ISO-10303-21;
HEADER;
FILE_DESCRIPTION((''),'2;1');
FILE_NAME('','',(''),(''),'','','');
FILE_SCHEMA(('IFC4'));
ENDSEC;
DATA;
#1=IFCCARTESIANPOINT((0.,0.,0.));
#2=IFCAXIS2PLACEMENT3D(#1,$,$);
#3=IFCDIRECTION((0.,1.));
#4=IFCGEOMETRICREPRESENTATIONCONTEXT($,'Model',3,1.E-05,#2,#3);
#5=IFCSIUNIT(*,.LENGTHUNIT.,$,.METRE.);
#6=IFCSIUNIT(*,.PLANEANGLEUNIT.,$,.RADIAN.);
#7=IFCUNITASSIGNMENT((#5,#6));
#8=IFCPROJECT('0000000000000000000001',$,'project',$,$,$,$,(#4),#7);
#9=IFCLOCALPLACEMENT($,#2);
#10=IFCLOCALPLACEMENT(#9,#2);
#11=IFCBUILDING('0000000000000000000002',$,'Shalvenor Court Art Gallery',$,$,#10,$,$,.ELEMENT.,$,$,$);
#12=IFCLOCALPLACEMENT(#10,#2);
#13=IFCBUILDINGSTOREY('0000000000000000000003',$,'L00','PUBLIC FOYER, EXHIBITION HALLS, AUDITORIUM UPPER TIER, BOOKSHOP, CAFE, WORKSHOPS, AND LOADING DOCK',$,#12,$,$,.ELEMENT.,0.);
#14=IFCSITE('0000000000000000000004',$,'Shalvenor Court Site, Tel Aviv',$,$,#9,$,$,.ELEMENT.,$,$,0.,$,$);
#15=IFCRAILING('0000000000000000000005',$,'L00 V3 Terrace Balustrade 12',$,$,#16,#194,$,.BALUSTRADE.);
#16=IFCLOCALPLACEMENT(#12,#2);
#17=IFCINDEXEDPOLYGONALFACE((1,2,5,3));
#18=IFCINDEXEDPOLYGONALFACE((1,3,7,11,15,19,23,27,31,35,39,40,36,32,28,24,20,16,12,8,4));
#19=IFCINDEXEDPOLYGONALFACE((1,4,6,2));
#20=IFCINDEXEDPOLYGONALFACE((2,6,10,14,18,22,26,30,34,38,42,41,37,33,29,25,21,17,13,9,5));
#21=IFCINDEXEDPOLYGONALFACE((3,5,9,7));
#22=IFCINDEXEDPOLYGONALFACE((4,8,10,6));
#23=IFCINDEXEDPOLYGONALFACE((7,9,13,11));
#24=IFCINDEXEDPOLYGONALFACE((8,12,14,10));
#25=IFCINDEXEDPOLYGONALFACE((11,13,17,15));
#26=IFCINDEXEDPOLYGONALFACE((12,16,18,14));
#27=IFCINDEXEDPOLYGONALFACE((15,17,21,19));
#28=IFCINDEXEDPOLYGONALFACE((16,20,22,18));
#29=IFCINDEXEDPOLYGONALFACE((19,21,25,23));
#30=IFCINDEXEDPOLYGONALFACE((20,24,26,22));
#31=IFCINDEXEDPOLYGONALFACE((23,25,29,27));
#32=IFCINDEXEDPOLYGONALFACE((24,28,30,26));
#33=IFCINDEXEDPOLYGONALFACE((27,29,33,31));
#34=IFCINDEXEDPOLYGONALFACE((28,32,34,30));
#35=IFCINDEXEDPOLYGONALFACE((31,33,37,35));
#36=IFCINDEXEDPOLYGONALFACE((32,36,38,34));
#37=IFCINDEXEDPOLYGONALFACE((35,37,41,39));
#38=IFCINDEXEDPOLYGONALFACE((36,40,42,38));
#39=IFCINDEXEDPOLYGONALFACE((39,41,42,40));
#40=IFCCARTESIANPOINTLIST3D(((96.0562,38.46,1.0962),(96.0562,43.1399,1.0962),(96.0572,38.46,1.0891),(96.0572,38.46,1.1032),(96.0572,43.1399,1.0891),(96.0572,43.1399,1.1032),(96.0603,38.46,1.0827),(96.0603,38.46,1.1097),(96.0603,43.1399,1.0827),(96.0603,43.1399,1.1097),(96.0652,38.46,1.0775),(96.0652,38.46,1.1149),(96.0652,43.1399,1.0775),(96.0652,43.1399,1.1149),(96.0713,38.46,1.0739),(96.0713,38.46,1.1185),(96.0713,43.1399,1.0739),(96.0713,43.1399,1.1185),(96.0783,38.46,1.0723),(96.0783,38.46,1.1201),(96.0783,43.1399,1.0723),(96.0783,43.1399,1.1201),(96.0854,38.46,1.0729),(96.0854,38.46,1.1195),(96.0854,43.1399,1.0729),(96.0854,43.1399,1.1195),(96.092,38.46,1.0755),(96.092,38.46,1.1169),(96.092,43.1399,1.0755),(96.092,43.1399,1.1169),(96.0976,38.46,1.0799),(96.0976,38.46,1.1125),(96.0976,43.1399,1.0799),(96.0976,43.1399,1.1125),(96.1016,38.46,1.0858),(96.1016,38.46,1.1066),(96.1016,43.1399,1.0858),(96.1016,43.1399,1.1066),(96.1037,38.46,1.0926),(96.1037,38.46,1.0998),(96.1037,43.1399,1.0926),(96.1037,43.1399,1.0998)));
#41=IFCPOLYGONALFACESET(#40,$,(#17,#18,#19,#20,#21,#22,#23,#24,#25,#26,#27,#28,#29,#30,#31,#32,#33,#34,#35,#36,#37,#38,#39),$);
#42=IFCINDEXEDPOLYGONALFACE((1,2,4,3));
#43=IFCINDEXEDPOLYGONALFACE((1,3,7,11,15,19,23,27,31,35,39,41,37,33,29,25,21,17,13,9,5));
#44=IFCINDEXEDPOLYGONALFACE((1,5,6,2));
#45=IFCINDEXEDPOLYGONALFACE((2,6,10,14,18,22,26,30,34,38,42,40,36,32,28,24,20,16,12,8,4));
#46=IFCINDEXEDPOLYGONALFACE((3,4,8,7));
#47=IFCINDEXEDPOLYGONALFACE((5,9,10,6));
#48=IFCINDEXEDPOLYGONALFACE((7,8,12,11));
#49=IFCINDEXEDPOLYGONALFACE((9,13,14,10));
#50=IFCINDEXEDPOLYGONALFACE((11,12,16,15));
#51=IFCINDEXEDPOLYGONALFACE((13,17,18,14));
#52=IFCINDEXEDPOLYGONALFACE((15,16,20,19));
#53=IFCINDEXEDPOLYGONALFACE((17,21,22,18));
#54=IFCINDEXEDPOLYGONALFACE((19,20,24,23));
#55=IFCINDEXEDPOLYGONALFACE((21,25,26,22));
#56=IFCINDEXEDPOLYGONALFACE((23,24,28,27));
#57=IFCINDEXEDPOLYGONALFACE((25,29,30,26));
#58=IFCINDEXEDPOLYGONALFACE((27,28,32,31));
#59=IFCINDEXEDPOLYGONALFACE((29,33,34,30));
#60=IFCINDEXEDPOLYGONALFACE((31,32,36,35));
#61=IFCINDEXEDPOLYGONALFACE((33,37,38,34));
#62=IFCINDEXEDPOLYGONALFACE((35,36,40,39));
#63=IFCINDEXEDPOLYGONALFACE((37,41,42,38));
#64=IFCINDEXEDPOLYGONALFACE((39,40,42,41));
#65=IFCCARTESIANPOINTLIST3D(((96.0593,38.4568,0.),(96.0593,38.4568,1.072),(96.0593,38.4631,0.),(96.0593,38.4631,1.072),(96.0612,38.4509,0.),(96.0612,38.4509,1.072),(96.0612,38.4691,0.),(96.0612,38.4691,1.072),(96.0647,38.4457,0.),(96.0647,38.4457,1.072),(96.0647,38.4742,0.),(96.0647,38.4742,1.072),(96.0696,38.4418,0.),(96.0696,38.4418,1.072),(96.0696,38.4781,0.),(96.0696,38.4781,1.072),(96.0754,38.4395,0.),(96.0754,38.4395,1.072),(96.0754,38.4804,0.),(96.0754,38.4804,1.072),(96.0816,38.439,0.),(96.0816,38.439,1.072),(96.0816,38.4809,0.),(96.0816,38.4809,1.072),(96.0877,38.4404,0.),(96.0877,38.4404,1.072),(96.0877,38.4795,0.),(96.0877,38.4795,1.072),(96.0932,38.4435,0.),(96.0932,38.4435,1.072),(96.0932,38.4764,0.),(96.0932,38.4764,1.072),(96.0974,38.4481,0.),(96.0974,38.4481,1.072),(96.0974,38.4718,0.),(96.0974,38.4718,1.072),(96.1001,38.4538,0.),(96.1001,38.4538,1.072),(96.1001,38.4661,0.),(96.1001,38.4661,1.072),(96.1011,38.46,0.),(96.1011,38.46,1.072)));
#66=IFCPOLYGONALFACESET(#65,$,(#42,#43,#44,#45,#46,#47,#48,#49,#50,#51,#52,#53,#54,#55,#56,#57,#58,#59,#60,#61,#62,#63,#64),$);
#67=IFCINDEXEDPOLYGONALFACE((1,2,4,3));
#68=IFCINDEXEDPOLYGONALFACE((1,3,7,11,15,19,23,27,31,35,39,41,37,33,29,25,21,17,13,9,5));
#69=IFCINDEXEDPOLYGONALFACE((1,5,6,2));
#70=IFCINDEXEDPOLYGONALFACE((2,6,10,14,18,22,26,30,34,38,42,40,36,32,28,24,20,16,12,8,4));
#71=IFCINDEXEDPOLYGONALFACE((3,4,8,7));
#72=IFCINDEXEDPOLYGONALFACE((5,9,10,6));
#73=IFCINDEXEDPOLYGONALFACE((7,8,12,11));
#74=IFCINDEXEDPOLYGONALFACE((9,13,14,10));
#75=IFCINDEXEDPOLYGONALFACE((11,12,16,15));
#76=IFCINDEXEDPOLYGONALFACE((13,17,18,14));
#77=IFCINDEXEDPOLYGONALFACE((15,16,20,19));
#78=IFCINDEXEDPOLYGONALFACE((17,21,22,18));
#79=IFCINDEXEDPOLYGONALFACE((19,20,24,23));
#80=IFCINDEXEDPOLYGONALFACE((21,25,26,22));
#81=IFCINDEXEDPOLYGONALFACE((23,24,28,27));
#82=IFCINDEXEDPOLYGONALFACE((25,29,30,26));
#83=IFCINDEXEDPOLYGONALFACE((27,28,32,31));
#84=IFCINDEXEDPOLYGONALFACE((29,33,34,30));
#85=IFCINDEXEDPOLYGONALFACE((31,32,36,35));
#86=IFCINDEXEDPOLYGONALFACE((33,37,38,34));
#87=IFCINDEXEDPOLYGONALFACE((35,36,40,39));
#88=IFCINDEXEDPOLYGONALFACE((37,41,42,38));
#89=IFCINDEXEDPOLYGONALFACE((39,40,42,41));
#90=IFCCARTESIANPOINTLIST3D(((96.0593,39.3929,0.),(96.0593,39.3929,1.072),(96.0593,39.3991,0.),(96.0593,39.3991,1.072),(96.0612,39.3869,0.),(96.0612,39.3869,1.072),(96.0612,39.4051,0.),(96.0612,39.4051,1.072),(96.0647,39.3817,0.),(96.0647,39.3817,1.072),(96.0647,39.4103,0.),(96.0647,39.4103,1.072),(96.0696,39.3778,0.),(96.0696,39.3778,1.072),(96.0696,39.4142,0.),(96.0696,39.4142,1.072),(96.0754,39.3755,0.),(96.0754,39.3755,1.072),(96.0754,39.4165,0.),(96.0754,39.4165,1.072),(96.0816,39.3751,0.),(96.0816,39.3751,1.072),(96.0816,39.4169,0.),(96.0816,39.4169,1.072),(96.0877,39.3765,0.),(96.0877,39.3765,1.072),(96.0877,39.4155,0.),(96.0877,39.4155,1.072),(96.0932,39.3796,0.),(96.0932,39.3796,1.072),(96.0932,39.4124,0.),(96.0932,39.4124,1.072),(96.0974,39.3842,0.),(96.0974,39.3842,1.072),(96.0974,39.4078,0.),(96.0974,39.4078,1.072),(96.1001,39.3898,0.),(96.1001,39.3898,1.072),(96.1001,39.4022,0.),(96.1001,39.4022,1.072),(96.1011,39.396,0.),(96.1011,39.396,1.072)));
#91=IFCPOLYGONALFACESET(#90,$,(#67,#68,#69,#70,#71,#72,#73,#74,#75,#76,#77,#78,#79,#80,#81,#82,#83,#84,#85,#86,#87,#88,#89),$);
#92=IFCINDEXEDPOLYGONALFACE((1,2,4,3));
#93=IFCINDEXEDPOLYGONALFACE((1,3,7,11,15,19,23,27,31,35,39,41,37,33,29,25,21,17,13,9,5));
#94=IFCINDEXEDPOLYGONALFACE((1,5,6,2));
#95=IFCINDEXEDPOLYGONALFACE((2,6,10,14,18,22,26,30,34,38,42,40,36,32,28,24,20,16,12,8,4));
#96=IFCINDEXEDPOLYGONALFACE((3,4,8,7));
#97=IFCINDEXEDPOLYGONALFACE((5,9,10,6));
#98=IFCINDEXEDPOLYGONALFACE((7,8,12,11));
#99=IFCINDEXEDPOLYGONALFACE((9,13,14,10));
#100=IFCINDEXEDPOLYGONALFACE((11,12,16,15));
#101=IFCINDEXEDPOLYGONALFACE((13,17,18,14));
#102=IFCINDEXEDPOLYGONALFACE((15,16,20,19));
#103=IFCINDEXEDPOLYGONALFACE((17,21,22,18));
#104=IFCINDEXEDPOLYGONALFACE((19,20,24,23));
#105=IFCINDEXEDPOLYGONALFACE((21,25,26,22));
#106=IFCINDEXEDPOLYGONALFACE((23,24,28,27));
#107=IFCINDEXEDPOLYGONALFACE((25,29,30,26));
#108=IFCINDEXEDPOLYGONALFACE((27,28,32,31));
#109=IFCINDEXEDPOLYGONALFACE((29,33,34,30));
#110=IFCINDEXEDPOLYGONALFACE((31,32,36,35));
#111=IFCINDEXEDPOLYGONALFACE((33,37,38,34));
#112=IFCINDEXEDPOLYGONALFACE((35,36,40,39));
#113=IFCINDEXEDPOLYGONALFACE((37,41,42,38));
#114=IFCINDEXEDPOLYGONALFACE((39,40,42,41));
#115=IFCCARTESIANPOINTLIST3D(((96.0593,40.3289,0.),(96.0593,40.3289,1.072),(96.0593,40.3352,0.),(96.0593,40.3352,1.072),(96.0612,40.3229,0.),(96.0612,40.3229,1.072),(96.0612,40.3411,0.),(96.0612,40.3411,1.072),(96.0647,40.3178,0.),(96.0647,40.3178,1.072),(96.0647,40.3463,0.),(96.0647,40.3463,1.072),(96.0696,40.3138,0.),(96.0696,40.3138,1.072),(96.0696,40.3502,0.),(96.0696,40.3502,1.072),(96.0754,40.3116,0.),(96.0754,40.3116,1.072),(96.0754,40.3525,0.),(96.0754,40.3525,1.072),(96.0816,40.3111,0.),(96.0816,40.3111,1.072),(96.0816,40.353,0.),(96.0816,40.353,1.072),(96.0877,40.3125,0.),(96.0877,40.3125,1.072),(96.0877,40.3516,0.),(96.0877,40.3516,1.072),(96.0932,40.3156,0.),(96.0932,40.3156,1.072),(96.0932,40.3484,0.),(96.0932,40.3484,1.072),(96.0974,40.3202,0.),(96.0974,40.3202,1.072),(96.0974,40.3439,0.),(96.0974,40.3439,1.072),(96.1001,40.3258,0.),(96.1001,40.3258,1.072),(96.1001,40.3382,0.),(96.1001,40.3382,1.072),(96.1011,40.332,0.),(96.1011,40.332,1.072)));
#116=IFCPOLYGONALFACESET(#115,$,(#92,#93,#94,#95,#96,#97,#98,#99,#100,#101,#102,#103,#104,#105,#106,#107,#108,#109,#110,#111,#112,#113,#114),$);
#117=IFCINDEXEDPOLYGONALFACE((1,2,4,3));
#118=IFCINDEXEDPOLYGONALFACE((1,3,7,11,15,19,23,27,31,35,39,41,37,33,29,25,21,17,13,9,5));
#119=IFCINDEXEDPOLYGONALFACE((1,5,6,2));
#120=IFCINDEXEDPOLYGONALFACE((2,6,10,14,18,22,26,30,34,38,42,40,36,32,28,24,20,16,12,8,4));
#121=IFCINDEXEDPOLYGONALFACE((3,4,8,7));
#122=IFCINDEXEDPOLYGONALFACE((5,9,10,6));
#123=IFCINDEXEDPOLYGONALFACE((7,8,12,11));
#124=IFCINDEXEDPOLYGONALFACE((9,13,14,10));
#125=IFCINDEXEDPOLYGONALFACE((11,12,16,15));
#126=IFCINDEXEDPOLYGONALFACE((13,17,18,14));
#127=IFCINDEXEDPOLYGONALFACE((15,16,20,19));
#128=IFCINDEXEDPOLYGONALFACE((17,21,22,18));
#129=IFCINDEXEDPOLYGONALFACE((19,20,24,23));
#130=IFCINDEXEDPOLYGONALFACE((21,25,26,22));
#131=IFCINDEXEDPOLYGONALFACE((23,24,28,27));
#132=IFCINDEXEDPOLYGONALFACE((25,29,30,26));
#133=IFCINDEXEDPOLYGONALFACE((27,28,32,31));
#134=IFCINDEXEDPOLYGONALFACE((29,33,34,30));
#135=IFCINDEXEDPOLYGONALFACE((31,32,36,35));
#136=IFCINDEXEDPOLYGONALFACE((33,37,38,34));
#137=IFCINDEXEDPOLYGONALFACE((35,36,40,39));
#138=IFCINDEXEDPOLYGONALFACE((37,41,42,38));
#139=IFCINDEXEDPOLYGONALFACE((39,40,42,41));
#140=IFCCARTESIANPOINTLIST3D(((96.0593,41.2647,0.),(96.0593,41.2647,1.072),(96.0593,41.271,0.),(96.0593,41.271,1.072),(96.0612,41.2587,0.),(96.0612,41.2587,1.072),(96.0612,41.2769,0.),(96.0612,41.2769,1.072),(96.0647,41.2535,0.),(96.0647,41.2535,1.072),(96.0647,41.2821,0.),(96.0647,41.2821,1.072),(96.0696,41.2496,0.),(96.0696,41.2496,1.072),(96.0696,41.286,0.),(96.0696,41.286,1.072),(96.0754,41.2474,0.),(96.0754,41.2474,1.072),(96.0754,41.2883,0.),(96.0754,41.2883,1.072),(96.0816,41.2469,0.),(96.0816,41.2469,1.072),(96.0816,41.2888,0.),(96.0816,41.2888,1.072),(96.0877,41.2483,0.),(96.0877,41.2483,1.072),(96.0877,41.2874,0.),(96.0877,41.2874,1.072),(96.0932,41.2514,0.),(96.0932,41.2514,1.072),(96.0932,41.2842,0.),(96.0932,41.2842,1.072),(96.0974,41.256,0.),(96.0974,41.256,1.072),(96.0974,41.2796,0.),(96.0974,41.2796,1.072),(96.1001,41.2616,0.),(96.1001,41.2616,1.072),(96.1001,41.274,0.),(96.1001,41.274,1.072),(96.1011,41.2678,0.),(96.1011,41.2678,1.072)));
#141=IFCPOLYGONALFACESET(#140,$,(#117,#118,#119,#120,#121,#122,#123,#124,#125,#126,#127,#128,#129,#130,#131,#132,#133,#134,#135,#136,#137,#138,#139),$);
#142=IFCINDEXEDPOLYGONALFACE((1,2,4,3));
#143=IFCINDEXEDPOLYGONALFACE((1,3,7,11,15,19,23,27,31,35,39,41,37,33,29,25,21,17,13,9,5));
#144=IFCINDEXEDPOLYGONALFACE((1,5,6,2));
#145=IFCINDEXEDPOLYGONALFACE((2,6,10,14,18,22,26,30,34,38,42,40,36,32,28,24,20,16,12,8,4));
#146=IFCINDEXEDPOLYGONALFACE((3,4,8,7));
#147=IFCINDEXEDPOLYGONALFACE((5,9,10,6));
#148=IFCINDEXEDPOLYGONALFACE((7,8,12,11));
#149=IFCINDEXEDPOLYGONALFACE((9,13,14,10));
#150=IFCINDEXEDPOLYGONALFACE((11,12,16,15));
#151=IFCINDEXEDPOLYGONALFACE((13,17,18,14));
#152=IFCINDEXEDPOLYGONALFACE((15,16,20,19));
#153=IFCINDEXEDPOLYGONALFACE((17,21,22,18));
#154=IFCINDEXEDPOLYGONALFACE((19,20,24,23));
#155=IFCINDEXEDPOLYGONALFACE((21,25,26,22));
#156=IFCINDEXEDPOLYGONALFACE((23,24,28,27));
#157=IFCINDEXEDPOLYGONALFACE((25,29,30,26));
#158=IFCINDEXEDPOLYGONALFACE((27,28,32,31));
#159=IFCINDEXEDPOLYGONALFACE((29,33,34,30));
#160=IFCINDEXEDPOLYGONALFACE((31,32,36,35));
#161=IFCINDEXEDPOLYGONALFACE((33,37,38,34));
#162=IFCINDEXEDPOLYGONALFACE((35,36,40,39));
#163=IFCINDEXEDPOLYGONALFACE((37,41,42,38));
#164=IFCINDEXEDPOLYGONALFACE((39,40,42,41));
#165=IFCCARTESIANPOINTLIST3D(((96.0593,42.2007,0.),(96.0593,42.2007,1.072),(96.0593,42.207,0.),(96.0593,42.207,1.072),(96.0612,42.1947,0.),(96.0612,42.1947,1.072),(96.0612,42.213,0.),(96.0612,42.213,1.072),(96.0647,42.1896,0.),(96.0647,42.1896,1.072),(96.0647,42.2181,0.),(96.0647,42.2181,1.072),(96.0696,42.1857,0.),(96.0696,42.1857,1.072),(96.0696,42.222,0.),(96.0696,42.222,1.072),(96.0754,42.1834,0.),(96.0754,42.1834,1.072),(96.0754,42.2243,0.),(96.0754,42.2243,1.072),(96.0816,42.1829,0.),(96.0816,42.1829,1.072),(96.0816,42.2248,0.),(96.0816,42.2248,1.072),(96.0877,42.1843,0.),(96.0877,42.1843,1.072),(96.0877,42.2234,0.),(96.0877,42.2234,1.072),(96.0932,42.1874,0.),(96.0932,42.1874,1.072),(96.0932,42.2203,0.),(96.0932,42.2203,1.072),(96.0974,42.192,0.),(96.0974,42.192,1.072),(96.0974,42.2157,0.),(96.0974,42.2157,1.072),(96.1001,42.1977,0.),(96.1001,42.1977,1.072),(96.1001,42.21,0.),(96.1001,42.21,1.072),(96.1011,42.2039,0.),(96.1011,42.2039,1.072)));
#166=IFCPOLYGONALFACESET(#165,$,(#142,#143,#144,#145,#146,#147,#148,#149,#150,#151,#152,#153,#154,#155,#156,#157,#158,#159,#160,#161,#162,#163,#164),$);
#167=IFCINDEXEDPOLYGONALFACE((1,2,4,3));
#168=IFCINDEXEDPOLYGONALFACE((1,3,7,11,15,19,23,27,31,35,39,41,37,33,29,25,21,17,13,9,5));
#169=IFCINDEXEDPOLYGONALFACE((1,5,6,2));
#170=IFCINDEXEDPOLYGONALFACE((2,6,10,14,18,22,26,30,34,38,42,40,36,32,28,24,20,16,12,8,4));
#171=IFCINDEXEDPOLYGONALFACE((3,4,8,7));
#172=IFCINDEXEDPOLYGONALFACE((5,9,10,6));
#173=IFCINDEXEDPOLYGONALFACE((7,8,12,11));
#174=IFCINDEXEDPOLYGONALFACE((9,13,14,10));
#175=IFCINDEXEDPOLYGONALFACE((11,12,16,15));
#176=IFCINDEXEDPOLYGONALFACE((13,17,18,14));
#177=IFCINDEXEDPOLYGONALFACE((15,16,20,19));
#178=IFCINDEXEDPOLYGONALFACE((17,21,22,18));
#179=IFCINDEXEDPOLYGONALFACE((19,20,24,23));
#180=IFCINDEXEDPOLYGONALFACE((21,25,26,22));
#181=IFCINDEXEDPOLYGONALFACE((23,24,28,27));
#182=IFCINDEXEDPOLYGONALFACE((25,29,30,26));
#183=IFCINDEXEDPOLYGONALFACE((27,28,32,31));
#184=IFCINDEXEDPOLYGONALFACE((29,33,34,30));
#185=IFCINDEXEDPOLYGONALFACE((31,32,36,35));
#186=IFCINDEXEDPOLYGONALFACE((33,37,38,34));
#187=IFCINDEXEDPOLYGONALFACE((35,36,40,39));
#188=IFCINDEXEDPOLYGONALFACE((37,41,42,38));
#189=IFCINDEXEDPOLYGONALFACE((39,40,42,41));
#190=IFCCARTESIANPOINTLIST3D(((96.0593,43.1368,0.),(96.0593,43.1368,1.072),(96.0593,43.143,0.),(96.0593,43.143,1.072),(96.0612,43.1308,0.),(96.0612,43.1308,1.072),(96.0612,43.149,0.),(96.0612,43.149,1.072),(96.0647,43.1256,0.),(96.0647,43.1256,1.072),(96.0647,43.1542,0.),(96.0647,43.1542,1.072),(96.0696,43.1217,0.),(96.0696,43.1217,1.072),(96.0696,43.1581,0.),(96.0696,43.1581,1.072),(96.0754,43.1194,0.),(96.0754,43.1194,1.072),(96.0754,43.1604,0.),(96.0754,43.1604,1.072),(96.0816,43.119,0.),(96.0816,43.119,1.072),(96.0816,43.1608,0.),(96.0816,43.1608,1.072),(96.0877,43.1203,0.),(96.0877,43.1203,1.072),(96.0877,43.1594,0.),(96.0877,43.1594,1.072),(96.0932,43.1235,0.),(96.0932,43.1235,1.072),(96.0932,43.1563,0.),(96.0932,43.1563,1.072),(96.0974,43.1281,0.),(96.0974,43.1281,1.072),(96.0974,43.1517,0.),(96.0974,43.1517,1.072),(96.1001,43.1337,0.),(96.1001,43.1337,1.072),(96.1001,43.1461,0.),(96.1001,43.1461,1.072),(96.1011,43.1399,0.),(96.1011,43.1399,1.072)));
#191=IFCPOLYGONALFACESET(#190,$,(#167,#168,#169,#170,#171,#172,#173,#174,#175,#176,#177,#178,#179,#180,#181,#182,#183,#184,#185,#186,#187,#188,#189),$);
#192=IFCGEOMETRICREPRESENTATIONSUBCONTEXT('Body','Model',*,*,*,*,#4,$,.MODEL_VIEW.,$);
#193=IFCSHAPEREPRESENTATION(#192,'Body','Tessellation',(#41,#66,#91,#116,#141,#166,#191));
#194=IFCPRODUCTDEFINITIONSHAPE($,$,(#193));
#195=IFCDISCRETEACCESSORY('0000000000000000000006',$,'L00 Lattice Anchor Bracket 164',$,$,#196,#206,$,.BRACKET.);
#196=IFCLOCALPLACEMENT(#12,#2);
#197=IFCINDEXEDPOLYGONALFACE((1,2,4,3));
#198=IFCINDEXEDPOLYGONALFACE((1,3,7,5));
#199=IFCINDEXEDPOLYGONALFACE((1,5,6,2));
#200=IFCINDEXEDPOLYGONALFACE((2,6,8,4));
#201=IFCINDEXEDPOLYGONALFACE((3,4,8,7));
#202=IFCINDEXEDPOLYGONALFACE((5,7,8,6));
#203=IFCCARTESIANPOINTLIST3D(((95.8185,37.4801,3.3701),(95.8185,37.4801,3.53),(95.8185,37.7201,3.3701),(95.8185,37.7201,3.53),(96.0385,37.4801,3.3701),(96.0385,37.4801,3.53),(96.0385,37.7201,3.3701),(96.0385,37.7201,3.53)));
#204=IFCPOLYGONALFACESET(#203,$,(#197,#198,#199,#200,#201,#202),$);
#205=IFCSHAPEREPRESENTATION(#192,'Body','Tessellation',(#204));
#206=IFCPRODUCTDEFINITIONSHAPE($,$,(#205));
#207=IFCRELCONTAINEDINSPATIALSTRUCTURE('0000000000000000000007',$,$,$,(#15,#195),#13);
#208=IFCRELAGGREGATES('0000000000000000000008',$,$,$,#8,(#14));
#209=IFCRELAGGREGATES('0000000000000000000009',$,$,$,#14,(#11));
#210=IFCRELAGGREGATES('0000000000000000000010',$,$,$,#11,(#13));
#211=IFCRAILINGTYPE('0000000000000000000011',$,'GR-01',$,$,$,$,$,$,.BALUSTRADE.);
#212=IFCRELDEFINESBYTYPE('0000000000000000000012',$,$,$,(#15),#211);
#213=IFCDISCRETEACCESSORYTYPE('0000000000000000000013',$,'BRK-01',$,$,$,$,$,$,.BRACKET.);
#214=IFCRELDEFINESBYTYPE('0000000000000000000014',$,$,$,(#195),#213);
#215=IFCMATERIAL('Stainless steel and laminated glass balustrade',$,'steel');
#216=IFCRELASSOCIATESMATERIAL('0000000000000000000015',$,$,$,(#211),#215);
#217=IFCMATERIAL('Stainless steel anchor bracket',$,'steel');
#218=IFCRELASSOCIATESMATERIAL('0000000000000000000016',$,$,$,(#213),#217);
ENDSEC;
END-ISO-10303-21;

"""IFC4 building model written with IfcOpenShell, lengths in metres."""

from ifc_helpers import new_model, si_unit, direction, frame, origin, origin_2d, place, context, subcontext, project, spatial, rectangle, circle, extrude, material, type_object, element, save


model = new_model("IFC4")

# Units and contexts
model_context = context("Model", 3, precision=1e-05, world=origin(), true_north=direction((0.0, 1.0)))
body_context = subcontext(model_context, "Body", "Model", "MODEL_VIEW")
ifc_project = project(units=[si_unit("LENGTHUNIT", "METRE"), si_unit("PLANEANGLEUNIT", "RADIAN")], contexts=[model_context])

# Site, building, storey
site_placement = place(None, origin())
site = spatial("IfcSite", under=ifc_project, at=site_placement, Name="Shalvenor Court Site, Tel Aviv", CompositionType="ELEMENT", RefElevation=0.0)
building_placement = place(site_placement, origin())
building = spatial("IfcBuilding", under=site, at=building_placement, Name="Shalvenor Court Art Gallery", CompositionType="ELEMENT")
storey_placement = place(building_placement, origin())
storey = spatial("IfcBuildingStorey", under=building, at=storey_placement, Name="L00", Description="PUBLIC FOYER, EXHIBITION HALLS, AUDITORIUM UPPER TIER, BOOKSHOP, CAFE, WORKSHOPS, AND LOADING DOCK", CompositionType="ELEMENT", Elevation=0.0)

# Railing
ifc_material_1 = material(Name="Stainless steel and laminated glass balustrade", Category="steel")
railing_type = type_object("IfcRailingType", Name="GR-01", PredefinedType="BALUSTRADE", material=ifc_material_1)
railing_1_placement = place(storey_placement, frame((96.0801, 38.46, 0.0)))
element("IfcRailing", 1, at=railing_1_placement, inside=storey, type_object=railing_type, Name="L00 V3 Terrace Balustrade 12", PredefinedType="BALUSTRADE", context=body_context, shape_type="SweptSolid", body=[
    extrude(circle(Radius=0.0239, at=origin_2d()), frame((0.0, 0.0, 1.0962), z_axis=(0.0, 1.0, 0.0), x_axis=(-1.0, 0.0, 0.0)), (0.0, 0.0, 1.0), 4.6799),
    extrude(circle(Radius=0.021, at=origin_2d()), origin(), (0.0, 0.0, 1.0), 1.072),
    extrude(circle(Radius=0.021, at=origin_2d()), frame((0.0, 0.936, 0.0)), (0.0, 0.0, 1.0), 1.072),
    extrude(circle(Radius=0.021, at=origin_2d()), frame((0.0, 1.8721, 0.0)), (0.0, 0.0, 1.0), 1.072),
    extrude(circle(Radius=0.021, at=origin_2d()), frame((0.0, 2.8079, 0.0)), (0.0, 0.0, 1.0), 1.072),
    extrude(circle(Radius=0.021, at=origin_2d()), frame((0.0, 3.7439, 0.0)), (0.0, 0.0, 1.0), 1.072),
    extrude(circle(Radius=0.021, at=origin_2d()), frame((0.0, 4.6799, 0.0)), (0.0, 0.0, 1.0), 1.072),
])

# Discrete accessory
ifc_material_2 = material(Name="Stainless steel anchor bracket", Category="steel")
discrete_accessory_type = type_object("IfcDiscreteAccessoryType", Name="BRK-01", PredefinedType="BRACKET", material=ifc_material_2)
discrete_accessory_placement = place(storey_placement, frame((95.9285, 37.6001, 3.3701), z_axis=(0.0, 0.0, 1.0), x_axis=(0.0, 1.0, 0.0)))
element("IfcDiscreteAccessory", 2, at=discrete_accessory_placement, inside=storey, type_object=discrete_accessory_type, Name="L00 Lattice Anchor Bracket 164", PredefinedType="BRACKET", context=body_context, shape_type="SweptSolid", body=[
    extrude(rectangle(XDim=0.24, YDim=0.22, at=origin_2d()), origin(), (0.0, 0.0, 1.0), 0.1599),
])

save(model, "model.ifc")
